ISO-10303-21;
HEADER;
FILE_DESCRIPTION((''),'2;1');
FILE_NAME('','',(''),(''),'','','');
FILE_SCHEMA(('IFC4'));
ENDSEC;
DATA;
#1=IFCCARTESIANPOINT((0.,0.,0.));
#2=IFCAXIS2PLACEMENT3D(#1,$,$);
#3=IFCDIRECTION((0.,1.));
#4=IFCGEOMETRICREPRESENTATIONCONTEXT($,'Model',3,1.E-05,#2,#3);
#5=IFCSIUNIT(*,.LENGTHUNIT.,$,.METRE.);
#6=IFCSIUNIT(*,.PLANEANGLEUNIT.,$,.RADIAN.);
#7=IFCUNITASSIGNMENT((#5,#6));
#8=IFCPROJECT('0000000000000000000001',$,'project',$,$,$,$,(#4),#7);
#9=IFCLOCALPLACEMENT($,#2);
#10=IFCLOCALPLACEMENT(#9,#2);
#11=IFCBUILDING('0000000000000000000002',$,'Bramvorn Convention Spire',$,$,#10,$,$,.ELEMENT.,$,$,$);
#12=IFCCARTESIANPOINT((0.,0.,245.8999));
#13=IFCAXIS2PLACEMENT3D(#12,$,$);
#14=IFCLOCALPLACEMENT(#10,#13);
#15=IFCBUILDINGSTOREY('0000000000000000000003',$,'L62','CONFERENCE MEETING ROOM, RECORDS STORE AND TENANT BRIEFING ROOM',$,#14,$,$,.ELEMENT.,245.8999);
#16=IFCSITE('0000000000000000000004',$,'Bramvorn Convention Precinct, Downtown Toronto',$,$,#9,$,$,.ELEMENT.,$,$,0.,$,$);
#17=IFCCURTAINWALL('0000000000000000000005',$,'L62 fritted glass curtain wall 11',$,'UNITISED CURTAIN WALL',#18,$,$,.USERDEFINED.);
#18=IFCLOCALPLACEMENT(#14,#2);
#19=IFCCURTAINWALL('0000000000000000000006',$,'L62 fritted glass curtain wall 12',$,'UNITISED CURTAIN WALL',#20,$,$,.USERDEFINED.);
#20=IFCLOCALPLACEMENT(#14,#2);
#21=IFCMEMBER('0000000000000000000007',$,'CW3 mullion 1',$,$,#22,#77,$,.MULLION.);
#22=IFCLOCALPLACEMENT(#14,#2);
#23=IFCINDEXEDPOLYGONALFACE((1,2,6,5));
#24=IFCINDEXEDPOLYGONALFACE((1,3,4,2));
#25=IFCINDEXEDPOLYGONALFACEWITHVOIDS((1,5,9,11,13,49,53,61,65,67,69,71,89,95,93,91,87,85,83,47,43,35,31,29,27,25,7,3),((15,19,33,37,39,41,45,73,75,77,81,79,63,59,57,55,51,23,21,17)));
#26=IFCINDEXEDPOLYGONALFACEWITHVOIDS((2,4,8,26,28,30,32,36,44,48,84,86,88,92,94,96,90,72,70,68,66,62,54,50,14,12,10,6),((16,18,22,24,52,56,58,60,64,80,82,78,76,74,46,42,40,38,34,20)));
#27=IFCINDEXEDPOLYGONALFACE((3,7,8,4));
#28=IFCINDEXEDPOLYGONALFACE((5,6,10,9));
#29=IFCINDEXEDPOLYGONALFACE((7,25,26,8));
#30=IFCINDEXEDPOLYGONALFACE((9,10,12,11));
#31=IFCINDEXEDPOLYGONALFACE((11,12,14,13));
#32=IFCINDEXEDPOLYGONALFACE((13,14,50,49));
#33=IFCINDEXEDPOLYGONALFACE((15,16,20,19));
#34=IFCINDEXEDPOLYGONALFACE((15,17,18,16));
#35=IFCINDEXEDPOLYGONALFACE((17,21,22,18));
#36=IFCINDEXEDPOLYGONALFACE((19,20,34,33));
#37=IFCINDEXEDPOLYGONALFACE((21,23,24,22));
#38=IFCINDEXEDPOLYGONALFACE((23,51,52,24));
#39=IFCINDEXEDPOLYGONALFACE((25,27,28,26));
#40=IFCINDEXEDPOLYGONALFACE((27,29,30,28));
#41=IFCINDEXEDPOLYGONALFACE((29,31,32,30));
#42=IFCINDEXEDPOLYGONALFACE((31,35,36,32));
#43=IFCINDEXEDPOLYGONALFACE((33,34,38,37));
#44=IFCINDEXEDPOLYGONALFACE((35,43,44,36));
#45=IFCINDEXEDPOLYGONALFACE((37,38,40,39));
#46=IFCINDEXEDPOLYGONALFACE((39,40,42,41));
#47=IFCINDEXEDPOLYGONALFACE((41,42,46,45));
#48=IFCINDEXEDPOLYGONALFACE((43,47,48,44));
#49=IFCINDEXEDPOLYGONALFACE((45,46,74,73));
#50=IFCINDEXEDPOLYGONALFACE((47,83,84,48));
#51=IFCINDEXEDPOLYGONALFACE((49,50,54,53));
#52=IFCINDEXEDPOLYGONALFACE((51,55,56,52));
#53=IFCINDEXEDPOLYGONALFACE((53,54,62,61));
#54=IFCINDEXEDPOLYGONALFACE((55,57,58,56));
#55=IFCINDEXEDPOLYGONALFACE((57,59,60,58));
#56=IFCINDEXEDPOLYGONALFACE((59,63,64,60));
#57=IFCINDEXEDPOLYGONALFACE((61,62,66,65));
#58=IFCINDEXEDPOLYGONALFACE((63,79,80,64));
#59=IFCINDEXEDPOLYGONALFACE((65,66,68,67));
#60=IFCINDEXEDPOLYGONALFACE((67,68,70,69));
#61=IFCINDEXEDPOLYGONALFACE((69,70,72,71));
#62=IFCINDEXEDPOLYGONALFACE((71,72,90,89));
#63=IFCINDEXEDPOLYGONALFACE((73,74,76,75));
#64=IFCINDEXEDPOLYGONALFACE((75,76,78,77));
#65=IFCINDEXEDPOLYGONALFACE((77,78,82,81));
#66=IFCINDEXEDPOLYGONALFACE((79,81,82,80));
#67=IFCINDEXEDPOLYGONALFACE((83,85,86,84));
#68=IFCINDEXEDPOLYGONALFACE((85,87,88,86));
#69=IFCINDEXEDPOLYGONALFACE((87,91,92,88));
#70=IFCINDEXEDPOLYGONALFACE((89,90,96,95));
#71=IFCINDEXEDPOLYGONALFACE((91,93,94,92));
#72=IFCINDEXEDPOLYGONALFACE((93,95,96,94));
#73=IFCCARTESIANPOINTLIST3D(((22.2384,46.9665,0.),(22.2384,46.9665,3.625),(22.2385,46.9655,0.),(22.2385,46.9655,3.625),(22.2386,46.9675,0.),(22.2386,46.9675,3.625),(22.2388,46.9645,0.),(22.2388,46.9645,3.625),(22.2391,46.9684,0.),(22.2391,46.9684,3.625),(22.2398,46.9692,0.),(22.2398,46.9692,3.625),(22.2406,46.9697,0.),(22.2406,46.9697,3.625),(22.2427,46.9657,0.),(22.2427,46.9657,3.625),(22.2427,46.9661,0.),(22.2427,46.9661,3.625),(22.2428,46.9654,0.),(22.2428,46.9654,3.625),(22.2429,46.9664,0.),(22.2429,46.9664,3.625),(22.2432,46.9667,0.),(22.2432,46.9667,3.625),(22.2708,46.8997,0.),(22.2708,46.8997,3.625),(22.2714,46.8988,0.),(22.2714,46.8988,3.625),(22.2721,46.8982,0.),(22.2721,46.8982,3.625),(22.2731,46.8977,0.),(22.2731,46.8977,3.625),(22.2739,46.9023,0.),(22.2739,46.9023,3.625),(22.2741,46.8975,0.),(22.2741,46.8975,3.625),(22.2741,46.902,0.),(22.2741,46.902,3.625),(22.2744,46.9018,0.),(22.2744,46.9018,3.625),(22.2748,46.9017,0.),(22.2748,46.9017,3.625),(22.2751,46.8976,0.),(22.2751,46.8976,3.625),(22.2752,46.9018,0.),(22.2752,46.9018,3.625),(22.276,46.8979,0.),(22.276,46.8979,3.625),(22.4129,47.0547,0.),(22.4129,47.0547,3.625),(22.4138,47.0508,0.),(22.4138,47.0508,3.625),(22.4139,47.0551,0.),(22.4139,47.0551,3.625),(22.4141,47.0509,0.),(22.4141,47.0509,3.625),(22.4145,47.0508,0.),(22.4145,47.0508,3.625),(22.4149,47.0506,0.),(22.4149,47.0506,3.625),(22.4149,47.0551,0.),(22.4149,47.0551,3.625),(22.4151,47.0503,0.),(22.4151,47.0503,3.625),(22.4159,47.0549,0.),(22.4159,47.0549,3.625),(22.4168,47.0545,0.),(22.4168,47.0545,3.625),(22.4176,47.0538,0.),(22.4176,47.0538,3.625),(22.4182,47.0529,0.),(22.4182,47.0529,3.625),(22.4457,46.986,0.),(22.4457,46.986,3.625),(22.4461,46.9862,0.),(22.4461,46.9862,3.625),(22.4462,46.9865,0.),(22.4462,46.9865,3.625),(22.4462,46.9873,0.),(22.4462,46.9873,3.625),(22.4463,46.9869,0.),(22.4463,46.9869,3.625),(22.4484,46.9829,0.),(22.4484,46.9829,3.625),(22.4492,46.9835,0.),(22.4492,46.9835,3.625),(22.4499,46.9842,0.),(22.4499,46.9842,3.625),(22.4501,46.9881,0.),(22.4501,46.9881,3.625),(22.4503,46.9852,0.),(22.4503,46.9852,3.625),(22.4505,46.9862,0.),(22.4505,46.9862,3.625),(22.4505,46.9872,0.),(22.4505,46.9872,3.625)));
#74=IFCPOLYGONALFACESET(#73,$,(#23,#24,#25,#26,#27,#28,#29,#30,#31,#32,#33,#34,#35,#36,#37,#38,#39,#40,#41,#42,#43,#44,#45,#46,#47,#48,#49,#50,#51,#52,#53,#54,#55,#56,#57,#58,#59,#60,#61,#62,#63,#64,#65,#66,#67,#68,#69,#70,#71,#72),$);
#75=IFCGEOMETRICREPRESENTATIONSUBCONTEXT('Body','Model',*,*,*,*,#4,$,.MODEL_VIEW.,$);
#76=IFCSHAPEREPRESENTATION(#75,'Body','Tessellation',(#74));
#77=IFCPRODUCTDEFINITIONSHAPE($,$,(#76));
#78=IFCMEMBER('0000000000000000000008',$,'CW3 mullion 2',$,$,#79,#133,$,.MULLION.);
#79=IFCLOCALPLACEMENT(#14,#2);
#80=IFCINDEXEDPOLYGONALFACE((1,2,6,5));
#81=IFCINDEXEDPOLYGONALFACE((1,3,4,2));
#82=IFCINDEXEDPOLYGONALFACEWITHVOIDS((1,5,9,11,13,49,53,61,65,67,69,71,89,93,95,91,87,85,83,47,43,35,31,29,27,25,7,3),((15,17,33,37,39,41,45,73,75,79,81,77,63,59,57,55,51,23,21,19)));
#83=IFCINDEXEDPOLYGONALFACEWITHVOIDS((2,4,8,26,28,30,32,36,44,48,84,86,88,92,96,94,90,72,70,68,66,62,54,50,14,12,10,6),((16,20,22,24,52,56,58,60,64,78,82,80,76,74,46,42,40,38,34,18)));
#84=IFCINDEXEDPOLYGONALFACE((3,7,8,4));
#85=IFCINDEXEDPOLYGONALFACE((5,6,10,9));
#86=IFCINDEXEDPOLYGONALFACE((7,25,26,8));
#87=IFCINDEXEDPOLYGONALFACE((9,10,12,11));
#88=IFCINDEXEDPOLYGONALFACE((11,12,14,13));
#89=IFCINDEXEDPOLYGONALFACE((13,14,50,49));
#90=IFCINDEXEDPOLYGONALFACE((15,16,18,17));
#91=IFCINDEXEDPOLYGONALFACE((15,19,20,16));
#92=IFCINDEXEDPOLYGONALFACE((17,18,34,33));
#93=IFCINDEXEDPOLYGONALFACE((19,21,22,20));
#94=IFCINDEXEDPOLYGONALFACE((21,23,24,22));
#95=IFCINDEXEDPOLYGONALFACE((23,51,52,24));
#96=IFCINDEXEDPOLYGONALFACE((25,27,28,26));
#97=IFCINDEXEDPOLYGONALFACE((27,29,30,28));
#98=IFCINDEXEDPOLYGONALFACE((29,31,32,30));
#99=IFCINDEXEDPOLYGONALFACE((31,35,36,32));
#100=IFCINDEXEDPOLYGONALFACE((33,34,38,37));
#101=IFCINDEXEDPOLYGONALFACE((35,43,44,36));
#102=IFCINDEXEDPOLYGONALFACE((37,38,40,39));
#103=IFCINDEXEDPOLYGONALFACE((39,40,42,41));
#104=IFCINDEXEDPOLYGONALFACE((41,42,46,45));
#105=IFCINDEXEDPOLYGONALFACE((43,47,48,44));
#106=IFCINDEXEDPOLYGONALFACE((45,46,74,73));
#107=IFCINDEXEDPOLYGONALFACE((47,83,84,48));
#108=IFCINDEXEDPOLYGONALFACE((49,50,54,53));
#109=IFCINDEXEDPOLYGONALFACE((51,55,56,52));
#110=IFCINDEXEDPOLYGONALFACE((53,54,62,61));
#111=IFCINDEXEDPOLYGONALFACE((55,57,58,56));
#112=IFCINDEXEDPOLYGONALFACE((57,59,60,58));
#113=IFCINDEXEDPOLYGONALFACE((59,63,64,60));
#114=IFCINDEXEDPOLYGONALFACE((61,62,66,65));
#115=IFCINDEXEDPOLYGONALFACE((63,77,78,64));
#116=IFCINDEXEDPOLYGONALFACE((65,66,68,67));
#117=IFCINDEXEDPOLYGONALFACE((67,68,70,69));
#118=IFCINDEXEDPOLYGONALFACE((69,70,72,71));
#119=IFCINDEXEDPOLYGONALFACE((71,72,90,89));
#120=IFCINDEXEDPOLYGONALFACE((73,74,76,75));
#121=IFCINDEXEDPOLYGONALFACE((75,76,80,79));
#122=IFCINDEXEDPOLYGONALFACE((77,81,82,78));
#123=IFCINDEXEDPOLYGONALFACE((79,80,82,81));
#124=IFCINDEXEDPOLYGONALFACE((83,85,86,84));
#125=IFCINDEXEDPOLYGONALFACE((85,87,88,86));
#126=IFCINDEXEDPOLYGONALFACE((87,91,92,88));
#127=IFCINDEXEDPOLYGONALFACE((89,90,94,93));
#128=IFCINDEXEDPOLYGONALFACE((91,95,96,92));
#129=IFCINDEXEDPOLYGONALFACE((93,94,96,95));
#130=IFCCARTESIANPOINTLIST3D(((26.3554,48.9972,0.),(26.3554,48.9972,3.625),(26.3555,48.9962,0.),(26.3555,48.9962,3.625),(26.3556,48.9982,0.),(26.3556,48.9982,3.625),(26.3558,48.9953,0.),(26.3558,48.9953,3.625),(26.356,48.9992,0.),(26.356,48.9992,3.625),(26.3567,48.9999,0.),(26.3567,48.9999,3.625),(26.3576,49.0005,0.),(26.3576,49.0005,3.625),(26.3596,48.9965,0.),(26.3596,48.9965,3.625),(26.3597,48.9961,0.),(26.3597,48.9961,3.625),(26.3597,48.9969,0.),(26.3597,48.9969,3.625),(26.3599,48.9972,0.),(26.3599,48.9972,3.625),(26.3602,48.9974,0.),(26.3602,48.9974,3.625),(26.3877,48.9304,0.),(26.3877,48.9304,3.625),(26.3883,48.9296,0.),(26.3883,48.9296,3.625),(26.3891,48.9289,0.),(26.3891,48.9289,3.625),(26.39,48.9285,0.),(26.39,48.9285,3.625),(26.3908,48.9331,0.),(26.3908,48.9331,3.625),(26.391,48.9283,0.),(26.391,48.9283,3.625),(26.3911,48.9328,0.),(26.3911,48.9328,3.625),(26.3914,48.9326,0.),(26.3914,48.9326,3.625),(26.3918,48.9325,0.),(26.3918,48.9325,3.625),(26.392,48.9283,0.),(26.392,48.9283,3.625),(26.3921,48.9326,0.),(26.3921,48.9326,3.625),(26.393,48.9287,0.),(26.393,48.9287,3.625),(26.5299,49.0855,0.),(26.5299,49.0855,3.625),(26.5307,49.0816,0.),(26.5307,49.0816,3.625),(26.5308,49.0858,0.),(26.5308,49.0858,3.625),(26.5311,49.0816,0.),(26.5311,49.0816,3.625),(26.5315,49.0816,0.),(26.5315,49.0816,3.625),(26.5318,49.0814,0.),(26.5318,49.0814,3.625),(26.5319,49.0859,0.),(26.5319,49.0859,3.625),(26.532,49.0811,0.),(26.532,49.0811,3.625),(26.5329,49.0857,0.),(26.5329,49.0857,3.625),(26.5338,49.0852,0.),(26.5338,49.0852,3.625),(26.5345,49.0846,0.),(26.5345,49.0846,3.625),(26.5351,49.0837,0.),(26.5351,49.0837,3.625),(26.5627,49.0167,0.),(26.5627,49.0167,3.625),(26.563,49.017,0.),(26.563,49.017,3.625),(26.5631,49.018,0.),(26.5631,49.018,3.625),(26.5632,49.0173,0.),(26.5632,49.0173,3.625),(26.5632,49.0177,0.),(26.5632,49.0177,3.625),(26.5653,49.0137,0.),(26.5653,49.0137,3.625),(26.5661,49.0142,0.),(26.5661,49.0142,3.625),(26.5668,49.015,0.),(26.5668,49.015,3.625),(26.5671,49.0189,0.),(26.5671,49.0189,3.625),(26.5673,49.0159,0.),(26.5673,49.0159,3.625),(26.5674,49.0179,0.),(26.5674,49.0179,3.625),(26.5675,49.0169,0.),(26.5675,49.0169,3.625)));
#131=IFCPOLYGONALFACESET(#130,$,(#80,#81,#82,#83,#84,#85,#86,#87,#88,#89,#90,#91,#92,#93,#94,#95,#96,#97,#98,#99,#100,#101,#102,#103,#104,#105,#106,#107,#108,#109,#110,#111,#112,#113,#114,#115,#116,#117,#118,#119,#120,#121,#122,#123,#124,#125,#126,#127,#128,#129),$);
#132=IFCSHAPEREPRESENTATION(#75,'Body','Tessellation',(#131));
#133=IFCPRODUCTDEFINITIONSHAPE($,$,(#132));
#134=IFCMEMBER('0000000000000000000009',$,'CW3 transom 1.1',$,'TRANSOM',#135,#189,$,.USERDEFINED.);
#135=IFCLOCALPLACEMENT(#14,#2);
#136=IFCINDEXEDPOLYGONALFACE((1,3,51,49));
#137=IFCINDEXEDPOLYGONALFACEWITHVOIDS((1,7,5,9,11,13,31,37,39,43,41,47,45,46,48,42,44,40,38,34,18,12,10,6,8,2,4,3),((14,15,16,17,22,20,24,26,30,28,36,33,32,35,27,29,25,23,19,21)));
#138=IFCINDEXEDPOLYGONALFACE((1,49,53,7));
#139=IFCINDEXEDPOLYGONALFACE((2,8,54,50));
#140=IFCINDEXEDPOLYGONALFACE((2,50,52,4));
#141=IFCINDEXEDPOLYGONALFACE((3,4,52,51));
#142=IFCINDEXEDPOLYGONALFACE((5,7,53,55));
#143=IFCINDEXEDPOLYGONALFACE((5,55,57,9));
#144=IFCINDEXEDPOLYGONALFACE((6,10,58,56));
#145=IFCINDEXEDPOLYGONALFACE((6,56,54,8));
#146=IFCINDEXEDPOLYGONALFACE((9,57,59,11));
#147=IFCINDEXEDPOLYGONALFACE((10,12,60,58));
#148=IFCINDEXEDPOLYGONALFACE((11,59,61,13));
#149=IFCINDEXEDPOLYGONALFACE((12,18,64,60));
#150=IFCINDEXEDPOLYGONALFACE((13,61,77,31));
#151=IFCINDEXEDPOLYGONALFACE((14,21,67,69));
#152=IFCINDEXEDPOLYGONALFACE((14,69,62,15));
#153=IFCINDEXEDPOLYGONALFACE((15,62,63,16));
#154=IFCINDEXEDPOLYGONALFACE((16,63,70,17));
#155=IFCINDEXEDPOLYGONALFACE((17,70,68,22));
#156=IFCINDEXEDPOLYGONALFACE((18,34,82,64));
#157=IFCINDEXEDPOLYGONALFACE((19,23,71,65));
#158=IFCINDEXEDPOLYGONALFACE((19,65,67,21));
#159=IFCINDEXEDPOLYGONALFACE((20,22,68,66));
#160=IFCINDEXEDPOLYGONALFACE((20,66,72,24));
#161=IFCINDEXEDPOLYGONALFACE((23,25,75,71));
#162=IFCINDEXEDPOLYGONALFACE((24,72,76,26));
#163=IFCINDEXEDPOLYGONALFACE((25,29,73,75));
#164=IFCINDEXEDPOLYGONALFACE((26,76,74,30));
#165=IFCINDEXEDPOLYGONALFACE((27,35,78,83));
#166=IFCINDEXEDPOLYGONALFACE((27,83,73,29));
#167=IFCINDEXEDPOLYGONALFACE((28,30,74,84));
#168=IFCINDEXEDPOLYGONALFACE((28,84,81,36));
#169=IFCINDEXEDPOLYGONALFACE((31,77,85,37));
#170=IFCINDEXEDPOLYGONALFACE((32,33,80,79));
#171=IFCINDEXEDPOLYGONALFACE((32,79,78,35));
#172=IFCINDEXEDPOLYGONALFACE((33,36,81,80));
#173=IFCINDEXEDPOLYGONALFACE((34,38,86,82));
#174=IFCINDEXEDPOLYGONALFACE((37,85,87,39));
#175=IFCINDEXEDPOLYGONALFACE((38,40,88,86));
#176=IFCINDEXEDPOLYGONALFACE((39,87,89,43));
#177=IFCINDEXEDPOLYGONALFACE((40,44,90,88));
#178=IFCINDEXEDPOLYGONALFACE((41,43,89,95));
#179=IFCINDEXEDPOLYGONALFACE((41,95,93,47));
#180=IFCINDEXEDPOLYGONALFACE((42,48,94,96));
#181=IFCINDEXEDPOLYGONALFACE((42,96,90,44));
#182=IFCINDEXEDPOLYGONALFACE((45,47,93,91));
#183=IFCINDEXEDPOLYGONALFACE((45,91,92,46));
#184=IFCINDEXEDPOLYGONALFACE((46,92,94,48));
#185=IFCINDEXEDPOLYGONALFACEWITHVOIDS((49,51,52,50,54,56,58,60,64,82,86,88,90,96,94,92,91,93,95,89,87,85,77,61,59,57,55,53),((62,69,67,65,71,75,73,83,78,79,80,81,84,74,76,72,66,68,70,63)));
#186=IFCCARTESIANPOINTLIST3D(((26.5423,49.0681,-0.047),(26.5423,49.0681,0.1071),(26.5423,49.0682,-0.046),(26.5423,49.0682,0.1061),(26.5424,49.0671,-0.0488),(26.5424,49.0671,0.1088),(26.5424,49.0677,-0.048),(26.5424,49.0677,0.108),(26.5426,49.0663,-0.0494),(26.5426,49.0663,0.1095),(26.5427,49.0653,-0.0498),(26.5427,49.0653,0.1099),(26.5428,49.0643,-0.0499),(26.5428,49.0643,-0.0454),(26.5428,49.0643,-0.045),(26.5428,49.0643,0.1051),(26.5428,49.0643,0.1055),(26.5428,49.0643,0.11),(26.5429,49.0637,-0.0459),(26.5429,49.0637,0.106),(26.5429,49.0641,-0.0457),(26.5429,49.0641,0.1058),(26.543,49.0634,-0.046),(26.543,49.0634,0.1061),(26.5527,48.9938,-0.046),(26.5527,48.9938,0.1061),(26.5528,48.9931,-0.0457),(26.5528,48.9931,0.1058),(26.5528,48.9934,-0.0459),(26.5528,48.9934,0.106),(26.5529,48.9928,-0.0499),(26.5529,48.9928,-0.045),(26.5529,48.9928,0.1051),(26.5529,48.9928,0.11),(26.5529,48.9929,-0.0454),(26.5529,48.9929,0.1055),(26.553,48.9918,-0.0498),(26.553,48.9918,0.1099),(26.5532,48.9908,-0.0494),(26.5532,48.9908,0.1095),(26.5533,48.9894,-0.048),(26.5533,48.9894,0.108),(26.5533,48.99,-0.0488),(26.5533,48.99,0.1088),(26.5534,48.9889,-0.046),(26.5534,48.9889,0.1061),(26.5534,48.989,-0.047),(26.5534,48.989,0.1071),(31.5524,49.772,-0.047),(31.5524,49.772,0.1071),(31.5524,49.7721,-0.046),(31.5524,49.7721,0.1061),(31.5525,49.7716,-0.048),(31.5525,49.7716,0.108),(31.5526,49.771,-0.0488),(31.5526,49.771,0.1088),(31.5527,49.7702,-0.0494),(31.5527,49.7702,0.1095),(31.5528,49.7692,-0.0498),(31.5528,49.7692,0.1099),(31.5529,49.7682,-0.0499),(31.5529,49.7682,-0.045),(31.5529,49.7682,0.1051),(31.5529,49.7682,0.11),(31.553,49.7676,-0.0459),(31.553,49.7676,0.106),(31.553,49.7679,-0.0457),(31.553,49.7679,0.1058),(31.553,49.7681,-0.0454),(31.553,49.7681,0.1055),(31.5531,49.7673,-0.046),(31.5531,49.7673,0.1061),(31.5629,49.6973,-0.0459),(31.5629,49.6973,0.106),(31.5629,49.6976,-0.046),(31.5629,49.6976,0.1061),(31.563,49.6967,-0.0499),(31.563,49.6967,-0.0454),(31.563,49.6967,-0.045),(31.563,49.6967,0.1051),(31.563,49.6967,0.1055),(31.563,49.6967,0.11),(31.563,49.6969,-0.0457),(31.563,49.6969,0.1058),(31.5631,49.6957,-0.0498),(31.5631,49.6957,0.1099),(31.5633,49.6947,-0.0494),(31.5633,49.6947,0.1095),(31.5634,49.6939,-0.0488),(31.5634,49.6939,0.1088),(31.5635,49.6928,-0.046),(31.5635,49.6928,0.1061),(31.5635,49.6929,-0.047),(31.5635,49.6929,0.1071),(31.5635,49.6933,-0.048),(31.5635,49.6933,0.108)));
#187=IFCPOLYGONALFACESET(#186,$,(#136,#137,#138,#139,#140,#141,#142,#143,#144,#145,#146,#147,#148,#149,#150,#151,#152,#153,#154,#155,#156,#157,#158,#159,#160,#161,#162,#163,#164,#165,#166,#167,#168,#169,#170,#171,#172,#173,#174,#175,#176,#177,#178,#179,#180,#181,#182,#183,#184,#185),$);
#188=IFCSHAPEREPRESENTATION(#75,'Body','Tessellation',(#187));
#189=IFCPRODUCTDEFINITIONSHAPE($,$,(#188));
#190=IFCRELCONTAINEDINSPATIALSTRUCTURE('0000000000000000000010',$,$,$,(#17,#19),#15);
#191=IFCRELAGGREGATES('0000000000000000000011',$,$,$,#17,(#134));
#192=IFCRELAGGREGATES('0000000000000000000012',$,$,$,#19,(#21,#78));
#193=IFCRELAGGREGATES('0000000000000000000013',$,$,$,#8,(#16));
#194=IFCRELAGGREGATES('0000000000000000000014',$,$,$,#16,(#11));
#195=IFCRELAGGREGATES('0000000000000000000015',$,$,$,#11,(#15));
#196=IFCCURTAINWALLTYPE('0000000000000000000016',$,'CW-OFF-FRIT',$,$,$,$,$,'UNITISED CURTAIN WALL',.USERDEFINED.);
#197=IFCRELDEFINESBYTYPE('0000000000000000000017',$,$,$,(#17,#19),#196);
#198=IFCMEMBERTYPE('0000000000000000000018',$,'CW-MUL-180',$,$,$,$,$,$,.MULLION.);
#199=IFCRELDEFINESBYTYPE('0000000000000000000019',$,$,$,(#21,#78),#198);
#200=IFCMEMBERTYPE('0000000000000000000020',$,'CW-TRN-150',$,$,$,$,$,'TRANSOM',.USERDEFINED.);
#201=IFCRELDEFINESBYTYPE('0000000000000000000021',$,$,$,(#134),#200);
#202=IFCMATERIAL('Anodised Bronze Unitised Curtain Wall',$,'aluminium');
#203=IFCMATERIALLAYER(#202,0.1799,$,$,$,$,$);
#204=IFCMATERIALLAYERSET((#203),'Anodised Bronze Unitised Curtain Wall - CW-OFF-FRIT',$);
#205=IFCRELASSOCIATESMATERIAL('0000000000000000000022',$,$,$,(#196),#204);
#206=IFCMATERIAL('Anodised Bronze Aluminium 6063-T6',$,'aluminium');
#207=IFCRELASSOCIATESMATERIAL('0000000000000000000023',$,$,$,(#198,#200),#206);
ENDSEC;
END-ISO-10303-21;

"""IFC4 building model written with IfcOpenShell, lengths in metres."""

from ifc_helpers import new_model, si_unit, direction, frame, origin, origin_2d, place, context, subcontext, project, spatial, hollow_rectangle, extrude, material, layer, layer_set, material_profile, profile_set, type_object, element, aggregate, save


model = new_model("IFC4")

# Units and contexts
model_context = context("Model", 3, precision=1e-05, world=origin(), true_north=direction((0.0, 1.0)))
body_context = subcontext(model_context, "Body", "Model", "MODEL_VIEW")
ifc_project = project(units=[si_unit("LENGTHUNIT", "METRE"), si_unit("PLANEANGLEUNIT", "RADIAN")], contexts=[model_context])

# Site, building, storey
site_placement = place(None, origin())
site = spatial("IfcSite", under=ifc_project, at=site_placement, Name="Bramvorn Convention Precinct, Downtown Toronto", CompositionType="ELEMENT", RefElevation=0.0)
building_placement = place(site_placement, origin())
building = spatial("IfcBuilding", under=site, at=building_placement, Name="Bramvorn Convention Spire", CompositionType="ELEMENT")
storey_placement = place(building_placement, frame((0.0, 0.0, 245.8999)))
storey = spatial("IfcBuildingStorey", under=building, at=storey_placement, Name="L62", Description="CONFERENCE MEETING ROOM, RECORDS STORE AND TENANT BRIEFING ROOM", CompositionType="ELEMENT", Elevation=245.8999)

# Curtain walls, members
ifc_material_1 = material(Name="Anodised Bronze Unitised Curtain Wall", Category="aluminium")
ifc_layer_1 = layer(ifc_material_1, 0.1799)
ifc_layer_set_1 = layer_set([ifc_layer_1], Name="Anodised Bronze Unitised Curtain Wall - CW-OFF-FRIT")
curtain_wall_type = type_object("IfcCurtainWallType", Name="CW-OFF-FRIT", ElementType="UNITISED CURTAIN WALL", PredefinedType="USERDEFINED", material=ifc_layer_set_1)
curtain_wall_1_placement = place(storey_placement, origin())
curtain_wall_1 = element("IfcCurtainWall", 1, at=curtain_wall_1_placement, inside=storey, type_object=curtain_wall_type, Name="L62 fritted glass curtain wall 11", ObjectType="UNITISED CURTAIN WALL", PredefinedType="USERDEFINED")
ifc_material_2 = material(Name="Anodised Bronze Aluminium 6063-T6", Category="aluminium")
ifc_material_profile_1 = material_profile(ifc_material_2, hollow_rectangle(XDim=0.0801, YDim=0.2, WallThickness=0.0039, InnerFilletRadius=0.001, OuterFilletRadius=0.0039, at=origin_2d()))
ifc_profile_set_1 = profile_set([ifc_material_profile_1], Name="Anodised Bronze Aluminium 6063-T6 - CWM80X200")
member_type_1 = type_object("IfcMemberType", Name="CW-MUL-180", PredefinedType="MULLION", material=ifc_profile_set_1)
curtain_wall_2_placement = place(storey_placement, origin())
curtain_wall_2 = element("IfcCurtainWall", 2, at=curtain_wall_2_placement, inside=storey, type_object=curtain_wall_type, Name="L62 fritted glass curtain wall 12", ObjectType="UNITISED CURTAIN WALL", PredefinedType="USERDEFINED")
member_1_placement = place(storey_placement, frame((22.3445, 46.9763, 0.0), z_axis=(0.0, 0.0, 1.0), x_axis=(-0.442356, 0.89684, 0.0)))
member_1 = element("IfcMember", 3, at=member_1_placement, type_object=member_type_1, Name="CW3 mullion 1", PredefinedType="MULLION", context=body_context, shape_type="SweptSolid", body=[
    extrude(hollow_rectangle(XDim=0.0801, YDim=0.2, WallThickness=0.0039, InnerFilletRadius=0.001, OuterFilletRadius=0.0039, at=origin_2d()), origin(), (0.0, 0.0, 1.0), 3.625),
])
member_2_placement = place(storey_placement, frame((26.4614, 49.0071, 0.0), z_axis=(0.0, 0.0, 1.0), x_axis=(-0.442356, 0.89684, 0.0)))
member_2 = element("IfcMember", 4, at=member_2_placement, type_object=member_type_1, Name="CW3 mullion 2", PredefinedType="MULLION", context=body_context, shape_type="SweptSolid", body=[
    extrude(hollow_rectangle(XDim=0.0801, YDim=0.2, WallThickness=0.0039, InnerFilletRadius=0.001, OuterFilletRadius=0.0039, at=origin_2d()), origin(), (0.0, 0.0, 1.0), 3.625),
])

# Member
ifc_material_profile_2 = material_profile(ifc_material_2, hollow_rectangle(XDim=0.0801, YDim=0.1599, WallThickness=0.0039, InnerFilletRadius=0.001, OuterFilletRadius=0.0039, at=origin_2d()))
ifc_profile_set_2 = profile_set([ifc_material_profile_2], Name="Anodised Bronze Aluminium 6063-T6 - CWT80X160")
member_type_2 = type_object("IfcMemberType", Name="CW-TRN-150", ElementType="TRANSOM", PredefinedType="USERDEFINED", material=ifc_profile_set_2)
member_3_placement = place(storey_placement, frame((26.5479, 49.0286, 0.03), z_axis=(0.990275, 0.139124, 0.0), x_axis=(-0.139124, 0.990275, 0.0)))
member_3 = element("IfcMember", 5, at=member_3_placement, type_object=member_type_2, Name="CW3 transom 1.1", ObjectType="TRANSOM", PredefinedType="USERDEFINED", context=body_context, shape_type="SweptSolid", body=[
    extrude(hollow_rectangle(XDim=0.0801, YDim=0.1599, WallThickness=0.0039, InnerFilletRadius=0.001, OuterFilletRadius=0.0039, at=origin_2d()), origin(), (0.0, 0.0, 1.0), 5.0593),
])

aggregate(curtain_wall_1, [member_3])
aggregate(curtain_wall_2, [member_1, member_2])

save(model, "model.ifc")
